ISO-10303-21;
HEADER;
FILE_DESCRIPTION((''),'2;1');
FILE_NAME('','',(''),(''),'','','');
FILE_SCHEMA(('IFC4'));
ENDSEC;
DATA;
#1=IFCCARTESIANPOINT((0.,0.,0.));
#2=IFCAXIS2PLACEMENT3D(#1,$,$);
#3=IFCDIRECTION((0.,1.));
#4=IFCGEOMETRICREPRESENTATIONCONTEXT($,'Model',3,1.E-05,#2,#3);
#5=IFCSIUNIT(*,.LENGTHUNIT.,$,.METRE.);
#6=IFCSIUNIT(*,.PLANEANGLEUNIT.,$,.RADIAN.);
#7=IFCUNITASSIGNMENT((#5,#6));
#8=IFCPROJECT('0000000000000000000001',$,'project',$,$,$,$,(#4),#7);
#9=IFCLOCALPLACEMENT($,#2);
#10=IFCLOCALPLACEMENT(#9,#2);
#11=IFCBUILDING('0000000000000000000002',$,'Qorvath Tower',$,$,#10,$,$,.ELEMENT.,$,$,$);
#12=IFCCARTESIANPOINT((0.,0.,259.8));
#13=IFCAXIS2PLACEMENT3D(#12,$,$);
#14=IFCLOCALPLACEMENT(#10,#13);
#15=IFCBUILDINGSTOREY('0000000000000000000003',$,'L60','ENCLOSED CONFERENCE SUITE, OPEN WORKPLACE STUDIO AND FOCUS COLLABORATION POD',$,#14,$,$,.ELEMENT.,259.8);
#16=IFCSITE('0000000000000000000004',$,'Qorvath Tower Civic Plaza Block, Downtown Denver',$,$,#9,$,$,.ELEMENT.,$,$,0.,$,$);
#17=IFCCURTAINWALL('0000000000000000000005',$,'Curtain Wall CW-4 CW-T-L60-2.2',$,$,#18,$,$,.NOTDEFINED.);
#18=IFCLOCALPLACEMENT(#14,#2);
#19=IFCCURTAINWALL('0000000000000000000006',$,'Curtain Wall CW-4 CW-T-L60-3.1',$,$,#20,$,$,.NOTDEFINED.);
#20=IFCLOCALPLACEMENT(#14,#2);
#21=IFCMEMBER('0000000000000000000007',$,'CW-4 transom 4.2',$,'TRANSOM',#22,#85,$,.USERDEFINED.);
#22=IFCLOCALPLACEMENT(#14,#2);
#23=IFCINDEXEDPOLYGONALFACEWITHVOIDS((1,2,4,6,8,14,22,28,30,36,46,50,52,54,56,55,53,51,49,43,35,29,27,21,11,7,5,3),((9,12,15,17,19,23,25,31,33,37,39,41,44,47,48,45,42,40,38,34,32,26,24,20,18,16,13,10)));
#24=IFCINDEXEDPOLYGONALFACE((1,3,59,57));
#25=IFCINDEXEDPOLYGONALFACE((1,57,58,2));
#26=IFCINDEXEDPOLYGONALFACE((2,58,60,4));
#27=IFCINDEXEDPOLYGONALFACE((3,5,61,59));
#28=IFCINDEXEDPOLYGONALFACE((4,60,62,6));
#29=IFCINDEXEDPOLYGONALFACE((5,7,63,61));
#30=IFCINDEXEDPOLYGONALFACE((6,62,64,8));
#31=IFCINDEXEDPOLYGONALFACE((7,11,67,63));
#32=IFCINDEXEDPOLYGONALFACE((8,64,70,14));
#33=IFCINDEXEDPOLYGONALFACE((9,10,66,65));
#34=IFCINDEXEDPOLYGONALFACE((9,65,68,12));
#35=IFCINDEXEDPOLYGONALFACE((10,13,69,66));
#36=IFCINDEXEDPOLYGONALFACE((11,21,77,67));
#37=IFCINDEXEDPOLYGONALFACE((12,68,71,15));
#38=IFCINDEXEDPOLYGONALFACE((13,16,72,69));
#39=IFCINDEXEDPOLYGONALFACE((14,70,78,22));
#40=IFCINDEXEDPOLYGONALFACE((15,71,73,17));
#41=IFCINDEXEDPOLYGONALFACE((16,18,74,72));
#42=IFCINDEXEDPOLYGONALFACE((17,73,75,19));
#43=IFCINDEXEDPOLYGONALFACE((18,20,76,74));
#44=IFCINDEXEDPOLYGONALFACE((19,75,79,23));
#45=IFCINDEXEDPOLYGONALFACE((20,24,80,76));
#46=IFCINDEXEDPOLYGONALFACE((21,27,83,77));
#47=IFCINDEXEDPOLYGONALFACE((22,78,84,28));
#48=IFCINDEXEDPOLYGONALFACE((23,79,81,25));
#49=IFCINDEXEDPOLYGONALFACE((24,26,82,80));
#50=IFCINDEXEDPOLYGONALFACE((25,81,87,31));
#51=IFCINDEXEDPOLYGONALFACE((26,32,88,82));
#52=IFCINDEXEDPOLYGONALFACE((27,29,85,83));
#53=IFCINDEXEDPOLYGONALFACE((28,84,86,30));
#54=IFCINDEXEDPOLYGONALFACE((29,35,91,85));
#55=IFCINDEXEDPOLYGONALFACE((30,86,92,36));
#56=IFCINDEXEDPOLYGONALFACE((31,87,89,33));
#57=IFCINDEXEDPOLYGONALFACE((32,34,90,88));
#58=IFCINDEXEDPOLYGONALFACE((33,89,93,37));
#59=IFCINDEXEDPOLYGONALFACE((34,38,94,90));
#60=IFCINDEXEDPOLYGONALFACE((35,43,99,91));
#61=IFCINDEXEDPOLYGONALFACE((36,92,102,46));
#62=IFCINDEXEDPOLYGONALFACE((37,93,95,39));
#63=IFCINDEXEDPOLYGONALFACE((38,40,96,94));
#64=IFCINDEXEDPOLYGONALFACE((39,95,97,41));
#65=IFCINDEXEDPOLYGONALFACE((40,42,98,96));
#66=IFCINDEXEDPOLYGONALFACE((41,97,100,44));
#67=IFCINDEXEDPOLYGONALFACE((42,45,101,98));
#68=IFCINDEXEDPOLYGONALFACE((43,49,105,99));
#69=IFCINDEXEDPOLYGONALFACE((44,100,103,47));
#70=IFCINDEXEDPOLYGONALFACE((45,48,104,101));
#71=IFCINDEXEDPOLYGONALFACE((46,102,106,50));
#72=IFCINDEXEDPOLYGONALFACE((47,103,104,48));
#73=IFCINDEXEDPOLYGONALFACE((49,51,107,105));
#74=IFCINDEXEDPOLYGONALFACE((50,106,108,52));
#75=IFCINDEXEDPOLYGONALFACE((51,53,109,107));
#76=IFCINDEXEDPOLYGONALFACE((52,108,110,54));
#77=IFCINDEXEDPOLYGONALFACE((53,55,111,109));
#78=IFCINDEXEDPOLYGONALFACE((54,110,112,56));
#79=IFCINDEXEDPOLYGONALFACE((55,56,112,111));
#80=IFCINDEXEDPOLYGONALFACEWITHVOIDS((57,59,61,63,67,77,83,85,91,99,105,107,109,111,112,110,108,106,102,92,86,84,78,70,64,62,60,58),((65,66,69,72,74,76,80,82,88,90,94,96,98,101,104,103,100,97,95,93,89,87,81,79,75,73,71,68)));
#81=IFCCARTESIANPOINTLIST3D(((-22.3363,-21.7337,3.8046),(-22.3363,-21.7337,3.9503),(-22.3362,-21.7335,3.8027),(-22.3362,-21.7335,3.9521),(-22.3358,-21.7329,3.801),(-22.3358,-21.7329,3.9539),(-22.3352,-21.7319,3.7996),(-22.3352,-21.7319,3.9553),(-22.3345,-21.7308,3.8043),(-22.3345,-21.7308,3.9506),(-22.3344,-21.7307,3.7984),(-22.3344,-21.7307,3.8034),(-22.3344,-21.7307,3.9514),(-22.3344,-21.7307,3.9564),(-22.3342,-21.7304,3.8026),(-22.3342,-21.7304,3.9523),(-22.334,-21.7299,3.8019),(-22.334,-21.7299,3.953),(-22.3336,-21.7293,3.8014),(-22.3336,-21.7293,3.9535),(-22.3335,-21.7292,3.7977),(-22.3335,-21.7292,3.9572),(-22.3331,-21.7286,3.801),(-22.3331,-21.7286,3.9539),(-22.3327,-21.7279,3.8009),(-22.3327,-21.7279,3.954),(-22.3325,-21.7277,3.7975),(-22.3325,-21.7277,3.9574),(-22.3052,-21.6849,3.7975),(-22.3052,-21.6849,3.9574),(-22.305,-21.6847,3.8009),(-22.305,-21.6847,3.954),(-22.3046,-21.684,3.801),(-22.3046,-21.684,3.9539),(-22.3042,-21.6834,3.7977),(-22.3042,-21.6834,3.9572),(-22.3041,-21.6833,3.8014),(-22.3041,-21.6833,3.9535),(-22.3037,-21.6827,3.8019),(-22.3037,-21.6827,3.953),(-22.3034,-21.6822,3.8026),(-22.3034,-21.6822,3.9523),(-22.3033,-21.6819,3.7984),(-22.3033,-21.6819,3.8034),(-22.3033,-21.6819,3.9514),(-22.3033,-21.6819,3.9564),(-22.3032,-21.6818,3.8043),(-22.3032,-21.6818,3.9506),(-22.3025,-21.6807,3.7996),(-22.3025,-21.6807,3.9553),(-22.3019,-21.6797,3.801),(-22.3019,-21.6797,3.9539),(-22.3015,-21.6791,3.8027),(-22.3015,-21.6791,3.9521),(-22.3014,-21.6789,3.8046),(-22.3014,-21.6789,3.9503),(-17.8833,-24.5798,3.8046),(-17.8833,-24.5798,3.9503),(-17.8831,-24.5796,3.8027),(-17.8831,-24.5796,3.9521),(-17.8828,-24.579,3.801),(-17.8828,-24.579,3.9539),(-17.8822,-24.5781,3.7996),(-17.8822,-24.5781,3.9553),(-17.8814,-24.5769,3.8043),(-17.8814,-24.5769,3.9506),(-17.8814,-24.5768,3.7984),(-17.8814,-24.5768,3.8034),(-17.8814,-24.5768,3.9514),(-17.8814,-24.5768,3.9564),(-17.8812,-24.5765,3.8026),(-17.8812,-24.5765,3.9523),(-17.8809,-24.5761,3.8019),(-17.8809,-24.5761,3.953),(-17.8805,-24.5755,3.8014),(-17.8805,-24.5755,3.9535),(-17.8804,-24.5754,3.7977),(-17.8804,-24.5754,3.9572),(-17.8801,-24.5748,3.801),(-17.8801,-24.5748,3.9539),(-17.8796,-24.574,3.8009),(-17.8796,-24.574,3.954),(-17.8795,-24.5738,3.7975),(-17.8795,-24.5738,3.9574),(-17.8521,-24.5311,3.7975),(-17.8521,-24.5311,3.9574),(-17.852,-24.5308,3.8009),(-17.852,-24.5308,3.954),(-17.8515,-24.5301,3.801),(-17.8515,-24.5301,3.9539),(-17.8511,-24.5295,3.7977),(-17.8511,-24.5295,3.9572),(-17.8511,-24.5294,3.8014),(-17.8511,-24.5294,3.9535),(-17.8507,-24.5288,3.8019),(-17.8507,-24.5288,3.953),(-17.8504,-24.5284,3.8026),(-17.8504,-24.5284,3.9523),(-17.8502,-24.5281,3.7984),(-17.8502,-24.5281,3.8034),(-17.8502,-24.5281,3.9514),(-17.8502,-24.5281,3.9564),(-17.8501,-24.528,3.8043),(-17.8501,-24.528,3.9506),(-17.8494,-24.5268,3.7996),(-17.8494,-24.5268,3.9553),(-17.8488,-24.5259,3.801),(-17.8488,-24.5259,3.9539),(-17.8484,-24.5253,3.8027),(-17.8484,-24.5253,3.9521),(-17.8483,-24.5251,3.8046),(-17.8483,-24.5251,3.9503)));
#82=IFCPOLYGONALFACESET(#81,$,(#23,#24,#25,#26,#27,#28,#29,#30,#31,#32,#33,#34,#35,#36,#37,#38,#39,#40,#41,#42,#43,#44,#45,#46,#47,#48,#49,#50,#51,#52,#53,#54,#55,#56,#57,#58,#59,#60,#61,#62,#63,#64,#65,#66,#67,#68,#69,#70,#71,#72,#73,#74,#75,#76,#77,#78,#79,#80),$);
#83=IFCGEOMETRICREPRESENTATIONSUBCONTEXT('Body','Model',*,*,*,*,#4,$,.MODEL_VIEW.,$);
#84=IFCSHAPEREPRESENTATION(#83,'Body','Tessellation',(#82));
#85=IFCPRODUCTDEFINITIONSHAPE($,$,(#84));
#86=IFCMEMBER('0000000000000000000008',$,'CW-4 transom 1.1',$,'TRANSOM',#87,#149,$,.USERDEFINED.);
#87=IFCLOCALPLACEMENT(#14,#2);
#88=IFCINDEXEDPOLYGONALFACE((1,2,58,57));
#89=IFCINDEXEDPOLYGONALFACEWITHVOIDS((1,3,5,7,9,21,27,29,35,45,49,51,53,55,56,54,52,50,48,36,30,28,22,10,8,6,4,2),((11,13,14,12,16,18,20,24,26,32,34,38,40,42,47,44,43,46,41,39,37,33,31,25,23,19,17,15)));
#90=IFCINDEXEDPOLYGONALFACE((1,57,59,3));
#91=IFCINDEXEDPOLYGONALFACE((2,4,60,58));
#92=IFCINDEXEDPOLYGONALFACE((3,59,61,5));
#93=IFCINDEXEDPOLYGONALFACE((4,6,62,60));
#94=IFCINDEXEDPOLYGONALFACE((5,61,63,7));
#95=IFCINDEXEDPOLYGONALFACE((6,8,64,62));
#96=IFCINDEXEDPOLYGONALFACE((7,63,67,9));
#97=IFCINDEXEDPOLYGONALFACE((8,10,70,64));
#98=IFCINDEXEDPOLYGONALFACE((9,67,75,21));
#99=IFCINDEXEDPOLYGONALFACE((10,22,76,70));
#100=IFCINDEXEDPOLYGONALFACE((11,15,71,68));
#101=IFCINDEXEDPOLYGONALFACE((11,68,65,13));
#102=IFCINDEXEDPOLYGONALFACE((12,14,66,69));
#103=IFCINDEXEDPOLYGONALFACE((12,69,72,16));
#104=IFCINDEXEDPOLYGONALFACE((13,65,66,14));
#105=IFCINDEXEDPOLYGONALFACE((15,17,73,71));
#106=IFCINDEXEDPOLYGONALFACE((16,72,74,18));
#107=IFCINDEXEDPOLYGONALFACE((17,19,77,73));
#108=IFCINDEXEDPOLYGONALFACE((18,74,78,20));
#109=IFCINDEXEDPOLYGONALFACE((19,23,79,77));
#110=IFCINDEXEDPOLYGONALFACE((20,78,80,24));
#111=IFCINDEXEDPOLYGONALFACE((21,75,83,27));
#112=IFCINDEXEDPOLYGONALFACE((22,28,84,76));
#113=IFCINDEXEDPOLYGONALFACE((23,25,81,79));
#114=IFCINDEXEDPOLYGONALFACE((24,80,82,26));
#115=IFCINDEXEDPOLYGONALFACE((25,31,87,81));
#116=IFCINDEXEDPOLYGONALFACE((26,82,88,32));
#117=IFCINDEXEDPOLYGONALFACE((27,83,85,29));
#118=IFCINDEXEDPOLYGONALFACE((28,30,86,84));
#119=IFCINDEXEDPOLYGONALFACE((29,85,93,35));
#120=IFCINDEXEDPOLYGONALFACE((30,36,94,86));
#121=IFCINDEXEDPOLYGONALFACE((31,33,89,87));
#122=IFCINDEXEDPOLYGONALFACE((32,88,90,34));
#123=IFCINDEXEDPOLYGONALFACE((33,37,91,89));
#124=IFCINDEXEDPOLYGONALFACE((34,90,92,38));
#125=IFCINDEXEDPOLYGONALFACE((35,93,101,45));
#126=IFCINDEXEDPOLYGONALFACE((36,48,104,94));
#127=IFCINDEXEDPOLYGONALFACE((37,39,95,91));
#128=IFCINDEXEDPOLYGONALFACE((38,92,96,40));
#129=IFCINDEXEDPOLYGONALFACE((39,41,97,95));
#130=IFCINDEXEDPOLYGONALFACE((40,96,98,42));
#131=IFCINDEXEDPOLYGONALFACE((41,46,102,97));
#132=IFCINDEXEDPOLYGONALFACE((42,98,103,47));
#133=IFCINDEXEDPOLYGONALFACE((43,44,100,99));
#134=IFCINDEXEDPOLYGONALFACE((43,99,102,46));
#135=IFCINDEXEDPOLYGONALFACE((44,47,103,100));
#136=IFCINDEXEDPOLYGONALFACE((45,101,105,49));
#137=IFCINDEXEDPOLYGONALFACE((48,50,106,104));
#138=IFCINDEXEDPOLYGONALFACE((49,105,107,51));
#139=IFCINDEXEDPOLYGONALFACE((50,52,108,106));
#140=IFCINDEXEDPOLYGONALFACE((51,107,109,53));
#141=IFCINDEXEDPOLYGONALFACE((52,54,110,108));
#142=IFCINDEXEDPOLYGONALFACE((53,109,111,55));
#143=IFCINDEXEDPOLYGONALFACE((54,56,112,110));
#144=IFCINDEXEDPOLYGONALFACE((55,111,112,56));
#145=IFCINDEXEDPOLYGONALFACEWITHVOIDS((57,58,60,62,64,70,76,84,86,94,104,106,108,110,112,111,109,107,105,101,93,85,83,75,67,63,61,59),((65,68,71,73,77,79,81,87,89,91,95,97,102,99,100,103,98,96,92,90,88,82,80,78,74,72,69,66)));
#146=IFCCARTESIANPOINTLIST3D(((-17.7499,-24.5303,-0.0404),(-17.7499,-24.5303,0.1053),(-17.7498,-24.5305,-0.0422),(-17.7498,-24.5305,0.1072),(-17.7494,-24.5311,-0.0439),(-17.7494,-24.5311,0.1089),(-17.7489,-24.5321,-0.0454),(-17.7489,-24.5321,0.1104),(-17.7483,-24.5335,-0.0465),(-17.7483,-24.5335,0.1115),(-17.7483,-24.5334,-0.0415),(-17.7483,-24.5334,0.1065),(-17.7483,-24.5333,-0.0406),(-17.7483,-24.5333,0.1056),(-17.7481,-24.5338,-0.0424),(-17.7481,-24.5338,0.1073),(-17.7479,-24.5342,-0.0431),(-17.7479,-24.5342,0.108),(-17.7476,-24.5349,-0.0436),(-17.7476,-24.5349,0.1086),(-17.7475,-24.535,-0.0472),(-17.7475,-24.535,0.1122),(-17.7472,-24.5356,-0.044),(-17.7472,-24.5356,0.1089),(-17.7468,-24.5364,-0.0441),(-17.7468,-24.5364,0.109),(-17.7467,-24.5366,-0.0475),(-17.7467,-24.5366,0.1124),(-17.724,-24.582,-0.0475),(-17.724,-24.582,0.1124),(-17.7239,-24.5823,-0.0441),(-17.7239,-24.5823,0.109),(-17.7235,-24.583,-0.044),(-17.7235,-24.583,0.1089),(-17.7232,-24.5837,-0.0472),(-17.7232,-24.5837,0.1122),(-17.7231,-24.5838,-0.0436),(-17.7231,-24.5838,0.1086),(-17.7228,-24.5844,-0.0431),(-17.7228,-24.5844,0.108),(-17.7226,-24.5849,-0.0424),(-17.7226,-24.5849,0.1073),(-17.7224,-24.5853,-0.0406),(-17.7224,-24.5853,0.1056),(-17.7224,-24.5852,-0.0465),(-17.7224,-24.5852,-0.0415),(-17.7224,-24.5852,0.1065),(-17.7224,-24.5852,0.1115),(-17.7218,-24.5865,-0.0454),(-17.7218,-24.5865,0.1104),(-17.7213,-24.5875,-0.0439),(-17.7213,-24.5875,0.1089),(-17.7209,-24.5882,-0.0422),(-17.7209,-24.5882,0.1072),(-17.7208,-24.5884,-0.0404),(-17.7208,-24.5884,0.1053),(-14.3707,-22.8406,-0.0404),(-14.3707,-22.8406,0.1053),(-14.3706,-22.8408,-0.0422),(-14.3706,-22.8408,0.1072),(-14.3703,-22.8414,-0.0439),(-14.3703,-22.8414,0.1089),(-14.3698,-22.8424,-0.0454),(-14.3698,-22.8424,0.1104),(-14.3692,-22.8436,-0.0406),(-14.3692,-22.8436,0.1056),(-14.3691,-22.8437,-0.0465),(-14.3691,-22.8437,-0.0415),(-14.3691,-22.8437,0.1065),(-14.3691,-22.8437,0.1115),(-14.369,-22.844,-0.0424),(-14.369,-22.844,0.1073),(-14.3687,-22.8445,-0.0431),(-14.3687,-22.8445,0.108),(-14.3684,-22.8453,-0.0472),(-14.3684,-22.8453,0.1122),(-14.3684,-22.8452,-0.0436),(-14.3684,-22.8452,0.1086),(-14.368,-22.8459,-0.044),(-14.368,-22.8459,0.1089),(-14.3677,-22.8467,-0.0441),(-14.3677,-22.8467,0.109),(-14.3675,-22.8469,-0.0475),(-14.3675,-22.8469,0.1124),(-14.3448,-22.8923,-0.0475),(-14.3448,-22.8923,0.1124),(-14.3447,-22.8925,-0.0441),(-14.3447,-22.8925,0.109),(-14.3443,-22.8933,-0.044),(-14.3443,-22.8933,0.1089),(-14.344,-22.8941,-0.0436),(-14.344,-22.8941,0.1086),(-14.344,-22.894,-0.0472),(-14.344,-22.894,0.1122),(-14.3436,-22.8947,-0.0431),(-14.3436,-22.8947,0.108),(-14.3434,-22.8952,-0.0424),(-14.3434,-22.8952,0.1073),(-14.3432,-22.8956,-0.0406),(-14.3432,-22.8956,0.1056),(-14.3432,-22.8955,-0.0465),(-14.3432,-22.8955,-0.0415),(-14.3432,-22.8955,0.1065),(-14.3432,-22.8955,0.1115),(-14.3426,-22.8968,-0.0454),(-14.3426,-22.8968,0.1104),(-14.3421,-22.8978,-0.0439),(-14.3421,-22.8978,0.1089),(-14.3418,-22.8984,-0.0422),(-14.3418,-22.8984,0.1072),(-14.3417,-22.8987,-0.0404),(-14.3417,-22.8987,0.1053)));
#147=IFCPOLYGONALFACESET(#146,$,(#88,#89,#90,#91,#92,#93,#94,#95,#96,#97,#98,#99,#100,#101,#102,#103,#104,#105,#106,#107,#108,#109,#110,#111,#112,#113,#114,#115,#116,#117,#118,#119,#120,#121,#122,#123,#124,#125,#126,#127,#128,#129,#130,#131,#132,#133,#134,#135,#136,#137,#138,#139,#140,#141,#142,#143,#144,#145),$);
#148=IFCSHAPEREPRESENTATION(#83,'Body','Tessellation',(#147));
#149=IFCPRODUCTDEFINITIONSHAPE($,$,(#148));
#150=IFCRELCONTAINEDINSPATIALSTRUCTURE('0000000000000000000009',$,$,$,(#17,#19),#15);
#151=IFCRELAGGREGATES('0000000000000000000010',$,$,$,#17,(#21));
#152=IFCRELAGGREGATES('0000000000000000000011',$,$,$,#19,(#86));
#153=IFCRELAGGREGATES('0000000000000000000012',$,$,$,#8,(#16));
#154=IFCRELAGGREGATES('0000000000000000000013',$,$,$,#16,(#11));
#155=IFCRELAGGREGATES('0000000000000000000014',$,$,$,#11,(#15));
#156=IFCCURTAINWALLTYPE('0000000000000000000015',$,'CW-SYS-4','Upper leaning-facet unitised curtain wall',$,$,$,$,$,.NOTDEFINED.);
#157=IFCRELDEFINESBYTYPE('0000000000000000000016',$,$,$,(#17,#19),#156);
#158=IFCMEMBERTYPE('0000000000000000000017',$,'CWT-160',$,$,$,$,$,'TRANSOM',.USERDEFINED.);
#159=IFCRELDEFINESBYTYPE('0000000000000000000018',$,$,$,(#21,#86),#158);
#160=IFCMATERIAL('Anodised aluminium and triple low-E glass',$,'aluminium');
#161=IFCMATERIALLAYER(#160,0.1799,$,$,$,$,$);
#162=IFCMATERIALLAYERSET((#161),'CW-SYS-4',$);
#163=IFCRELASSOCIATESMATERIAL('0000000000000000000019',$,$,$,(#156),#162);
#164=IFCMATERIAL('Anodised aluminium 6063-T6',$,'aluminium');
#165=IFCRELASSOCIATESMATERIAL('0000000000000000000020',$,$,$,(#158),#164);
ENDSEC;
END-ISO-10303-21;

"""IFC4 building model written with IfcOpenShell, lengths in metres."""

from ifc_helpers import new_model, si_unit, direction, frame, origin, origin_2d, place, context, subcontext, project, spatial, hollow_rectangle, extrude, material, layer, layer_set, material_profile, profile_set, type_object, element, aggregate, save


model = new_model("IFC4")

# Units and contexts
model_context = context("Model", 3, precision=1e-05, world=origin(), true_north=direction((0.0, 1.0)))
body_context = subcontext(model_context, "Body", "Model", "MODEL_VIEW")
ifc_project = project(units=[si_unit("LENGTHUNIT", "METRE"), si_unit("PLANEANGLEUNIT", "RADIAN")], contexts=[model_context])

# Site, building, storey
site_placement = place(None, origin())
site = spatial("IfcSite", under=ifc_project, at=site_placement, Name="Qorvath Tower Civic Plaza Block, Downtown Denver", CompositionType="ELEMENT", RefElevation=0.0)
building_placement = place(site_placement, origin())
building = spatial("IfcBuilding", under=site, at=building_placement, Name="Qorvath Tower", CompositionType="ELEMENT")
storey_placement = place(building_placement, frame((0.0, 0.0, 259.8)))
storey = spatial("IfcBuildingStorey", under=building, at=storey_placement, Name="L60", Description="ENCLOSED CONFERENCE SUITE, OPEN WORKPLACE STUDIO AND FOCUS COLLABORATION POD", CompositionType="ELEMENT", Elevation=259.8)

# Curtain wall
ifc_material_1 = material(Name="Anodised aluminium and triple low-E glass", Category="aluminium")
ifc_layer_1 = layer(ifc_material_1, 0.1799)
ifc_layer_set_1 = layer_set([ifc_layer_1], Name="CW-SYS-4")
curtain_wall_type = type_object("IfcCurtainWallType", Name="CW-SYS-4", Description="Upper leaning-facet unitised curtain wall", PredefinedType="NOTDEFINED", material=ifc_layer_set_1)
curtain_wall_1_placement = place(storey_placement, origin())
curtain_wall_1 = element("IfcCurtainWall", 1, at=curtain_wall_1_placement, inside=storey, type_object=curtain_wall_type, Name="Curtain Wall CW-4 CW-T-L60-2.2", PredefinedType="NOTDEFINED")

# Curtain wall
curtain_wall_2_placement = place(storey_placement, origin())
curtain_wall_2 = element("IfcCurtainWall", 2, at=curtain_wall_2_placement, inside=storey, type_object=curtain_wall_type, Name="Curtain Wall CW-4 CW-T-L60-3.1", PredefinedType="NOTDEFINED")

# Members
ifc_material_2 = material(Name="Anodised aluminium 6063-T6", Category="aluminium")
ifc_material_profile_1 = material_profile(ifc_material_2, hollow_rectangle(XDim=0.0649, YDim=0.1599, WallThickness=0.0034, InnerFilletRadius=0.0034, OuterFilletRadius=0.0071, at=origin_2d()), Name="CWT 160x65")
ifc_profile_set_1 = profile_set([ifc_material_profile_1], Name="Anodised aluminium 6063-T6")
member_type_1 = type_object("IfcMemberType", Name="CWT-160", ElementType="TRANSOM", PredefinedType="USERDEFINED", material=ifc_profile_set_1)
member_1_placement = place(storey_placement, frame((-22.3188, -21.7063, 3.8774), z_axis=(0.842598, -0.538542, 0.0), x_axis=(0.538542, 0.842598, 0.0)))
member_1 = element("IfcMember", 3, at=member_1_placement, type_object=member_type_1, Name="CW-4 transom 4.2", ObjectType="TRANSOM", PredefinedType="USERDEFINED", context=body_context, shape_type="SweptSolid", body=[
    extrude(hollow_rectangle(XDim=0.0649, YDim=0.1599, WallThickness=0.0034, InnerFilletRadius=0.0034, OuterFilletRadius=0.0071, at=origin_2d()), origin(), (0.0, 0.0, 1.0), 5.2849),
])
member_2_placement = place(storey_placement, frame((-17.7354, -24.5593, 0.0325), z_axis=(0.894414, 0.447239, 0.0), x_axis=(-0.447239, 0.894414, 0.0)))
member_2 = element("IfcMember", 4, at=member_2_placement, type_object=member_type_1, Name="CW-4 transom 1.1", ObjectType="TRANSOM", PredefinedType="USERDEFINED", context=body_context, shape_type="SweptSolid", body=[
    extrude(hollow_rectangle(XDim=0.0649, YDim=0.1599, WallThickness=0.0034, InnerFilletRadius=0.0034, OuterFilletRadius=0.0071, at=origin_2d()), origin(), (0.0, 0.0, 1.0), 3.7781),
])

aggregate(curtain_wall_1, [member_1])
aggregate(curtain_wall_2, [member_2])

save(model, "model.ifc")
